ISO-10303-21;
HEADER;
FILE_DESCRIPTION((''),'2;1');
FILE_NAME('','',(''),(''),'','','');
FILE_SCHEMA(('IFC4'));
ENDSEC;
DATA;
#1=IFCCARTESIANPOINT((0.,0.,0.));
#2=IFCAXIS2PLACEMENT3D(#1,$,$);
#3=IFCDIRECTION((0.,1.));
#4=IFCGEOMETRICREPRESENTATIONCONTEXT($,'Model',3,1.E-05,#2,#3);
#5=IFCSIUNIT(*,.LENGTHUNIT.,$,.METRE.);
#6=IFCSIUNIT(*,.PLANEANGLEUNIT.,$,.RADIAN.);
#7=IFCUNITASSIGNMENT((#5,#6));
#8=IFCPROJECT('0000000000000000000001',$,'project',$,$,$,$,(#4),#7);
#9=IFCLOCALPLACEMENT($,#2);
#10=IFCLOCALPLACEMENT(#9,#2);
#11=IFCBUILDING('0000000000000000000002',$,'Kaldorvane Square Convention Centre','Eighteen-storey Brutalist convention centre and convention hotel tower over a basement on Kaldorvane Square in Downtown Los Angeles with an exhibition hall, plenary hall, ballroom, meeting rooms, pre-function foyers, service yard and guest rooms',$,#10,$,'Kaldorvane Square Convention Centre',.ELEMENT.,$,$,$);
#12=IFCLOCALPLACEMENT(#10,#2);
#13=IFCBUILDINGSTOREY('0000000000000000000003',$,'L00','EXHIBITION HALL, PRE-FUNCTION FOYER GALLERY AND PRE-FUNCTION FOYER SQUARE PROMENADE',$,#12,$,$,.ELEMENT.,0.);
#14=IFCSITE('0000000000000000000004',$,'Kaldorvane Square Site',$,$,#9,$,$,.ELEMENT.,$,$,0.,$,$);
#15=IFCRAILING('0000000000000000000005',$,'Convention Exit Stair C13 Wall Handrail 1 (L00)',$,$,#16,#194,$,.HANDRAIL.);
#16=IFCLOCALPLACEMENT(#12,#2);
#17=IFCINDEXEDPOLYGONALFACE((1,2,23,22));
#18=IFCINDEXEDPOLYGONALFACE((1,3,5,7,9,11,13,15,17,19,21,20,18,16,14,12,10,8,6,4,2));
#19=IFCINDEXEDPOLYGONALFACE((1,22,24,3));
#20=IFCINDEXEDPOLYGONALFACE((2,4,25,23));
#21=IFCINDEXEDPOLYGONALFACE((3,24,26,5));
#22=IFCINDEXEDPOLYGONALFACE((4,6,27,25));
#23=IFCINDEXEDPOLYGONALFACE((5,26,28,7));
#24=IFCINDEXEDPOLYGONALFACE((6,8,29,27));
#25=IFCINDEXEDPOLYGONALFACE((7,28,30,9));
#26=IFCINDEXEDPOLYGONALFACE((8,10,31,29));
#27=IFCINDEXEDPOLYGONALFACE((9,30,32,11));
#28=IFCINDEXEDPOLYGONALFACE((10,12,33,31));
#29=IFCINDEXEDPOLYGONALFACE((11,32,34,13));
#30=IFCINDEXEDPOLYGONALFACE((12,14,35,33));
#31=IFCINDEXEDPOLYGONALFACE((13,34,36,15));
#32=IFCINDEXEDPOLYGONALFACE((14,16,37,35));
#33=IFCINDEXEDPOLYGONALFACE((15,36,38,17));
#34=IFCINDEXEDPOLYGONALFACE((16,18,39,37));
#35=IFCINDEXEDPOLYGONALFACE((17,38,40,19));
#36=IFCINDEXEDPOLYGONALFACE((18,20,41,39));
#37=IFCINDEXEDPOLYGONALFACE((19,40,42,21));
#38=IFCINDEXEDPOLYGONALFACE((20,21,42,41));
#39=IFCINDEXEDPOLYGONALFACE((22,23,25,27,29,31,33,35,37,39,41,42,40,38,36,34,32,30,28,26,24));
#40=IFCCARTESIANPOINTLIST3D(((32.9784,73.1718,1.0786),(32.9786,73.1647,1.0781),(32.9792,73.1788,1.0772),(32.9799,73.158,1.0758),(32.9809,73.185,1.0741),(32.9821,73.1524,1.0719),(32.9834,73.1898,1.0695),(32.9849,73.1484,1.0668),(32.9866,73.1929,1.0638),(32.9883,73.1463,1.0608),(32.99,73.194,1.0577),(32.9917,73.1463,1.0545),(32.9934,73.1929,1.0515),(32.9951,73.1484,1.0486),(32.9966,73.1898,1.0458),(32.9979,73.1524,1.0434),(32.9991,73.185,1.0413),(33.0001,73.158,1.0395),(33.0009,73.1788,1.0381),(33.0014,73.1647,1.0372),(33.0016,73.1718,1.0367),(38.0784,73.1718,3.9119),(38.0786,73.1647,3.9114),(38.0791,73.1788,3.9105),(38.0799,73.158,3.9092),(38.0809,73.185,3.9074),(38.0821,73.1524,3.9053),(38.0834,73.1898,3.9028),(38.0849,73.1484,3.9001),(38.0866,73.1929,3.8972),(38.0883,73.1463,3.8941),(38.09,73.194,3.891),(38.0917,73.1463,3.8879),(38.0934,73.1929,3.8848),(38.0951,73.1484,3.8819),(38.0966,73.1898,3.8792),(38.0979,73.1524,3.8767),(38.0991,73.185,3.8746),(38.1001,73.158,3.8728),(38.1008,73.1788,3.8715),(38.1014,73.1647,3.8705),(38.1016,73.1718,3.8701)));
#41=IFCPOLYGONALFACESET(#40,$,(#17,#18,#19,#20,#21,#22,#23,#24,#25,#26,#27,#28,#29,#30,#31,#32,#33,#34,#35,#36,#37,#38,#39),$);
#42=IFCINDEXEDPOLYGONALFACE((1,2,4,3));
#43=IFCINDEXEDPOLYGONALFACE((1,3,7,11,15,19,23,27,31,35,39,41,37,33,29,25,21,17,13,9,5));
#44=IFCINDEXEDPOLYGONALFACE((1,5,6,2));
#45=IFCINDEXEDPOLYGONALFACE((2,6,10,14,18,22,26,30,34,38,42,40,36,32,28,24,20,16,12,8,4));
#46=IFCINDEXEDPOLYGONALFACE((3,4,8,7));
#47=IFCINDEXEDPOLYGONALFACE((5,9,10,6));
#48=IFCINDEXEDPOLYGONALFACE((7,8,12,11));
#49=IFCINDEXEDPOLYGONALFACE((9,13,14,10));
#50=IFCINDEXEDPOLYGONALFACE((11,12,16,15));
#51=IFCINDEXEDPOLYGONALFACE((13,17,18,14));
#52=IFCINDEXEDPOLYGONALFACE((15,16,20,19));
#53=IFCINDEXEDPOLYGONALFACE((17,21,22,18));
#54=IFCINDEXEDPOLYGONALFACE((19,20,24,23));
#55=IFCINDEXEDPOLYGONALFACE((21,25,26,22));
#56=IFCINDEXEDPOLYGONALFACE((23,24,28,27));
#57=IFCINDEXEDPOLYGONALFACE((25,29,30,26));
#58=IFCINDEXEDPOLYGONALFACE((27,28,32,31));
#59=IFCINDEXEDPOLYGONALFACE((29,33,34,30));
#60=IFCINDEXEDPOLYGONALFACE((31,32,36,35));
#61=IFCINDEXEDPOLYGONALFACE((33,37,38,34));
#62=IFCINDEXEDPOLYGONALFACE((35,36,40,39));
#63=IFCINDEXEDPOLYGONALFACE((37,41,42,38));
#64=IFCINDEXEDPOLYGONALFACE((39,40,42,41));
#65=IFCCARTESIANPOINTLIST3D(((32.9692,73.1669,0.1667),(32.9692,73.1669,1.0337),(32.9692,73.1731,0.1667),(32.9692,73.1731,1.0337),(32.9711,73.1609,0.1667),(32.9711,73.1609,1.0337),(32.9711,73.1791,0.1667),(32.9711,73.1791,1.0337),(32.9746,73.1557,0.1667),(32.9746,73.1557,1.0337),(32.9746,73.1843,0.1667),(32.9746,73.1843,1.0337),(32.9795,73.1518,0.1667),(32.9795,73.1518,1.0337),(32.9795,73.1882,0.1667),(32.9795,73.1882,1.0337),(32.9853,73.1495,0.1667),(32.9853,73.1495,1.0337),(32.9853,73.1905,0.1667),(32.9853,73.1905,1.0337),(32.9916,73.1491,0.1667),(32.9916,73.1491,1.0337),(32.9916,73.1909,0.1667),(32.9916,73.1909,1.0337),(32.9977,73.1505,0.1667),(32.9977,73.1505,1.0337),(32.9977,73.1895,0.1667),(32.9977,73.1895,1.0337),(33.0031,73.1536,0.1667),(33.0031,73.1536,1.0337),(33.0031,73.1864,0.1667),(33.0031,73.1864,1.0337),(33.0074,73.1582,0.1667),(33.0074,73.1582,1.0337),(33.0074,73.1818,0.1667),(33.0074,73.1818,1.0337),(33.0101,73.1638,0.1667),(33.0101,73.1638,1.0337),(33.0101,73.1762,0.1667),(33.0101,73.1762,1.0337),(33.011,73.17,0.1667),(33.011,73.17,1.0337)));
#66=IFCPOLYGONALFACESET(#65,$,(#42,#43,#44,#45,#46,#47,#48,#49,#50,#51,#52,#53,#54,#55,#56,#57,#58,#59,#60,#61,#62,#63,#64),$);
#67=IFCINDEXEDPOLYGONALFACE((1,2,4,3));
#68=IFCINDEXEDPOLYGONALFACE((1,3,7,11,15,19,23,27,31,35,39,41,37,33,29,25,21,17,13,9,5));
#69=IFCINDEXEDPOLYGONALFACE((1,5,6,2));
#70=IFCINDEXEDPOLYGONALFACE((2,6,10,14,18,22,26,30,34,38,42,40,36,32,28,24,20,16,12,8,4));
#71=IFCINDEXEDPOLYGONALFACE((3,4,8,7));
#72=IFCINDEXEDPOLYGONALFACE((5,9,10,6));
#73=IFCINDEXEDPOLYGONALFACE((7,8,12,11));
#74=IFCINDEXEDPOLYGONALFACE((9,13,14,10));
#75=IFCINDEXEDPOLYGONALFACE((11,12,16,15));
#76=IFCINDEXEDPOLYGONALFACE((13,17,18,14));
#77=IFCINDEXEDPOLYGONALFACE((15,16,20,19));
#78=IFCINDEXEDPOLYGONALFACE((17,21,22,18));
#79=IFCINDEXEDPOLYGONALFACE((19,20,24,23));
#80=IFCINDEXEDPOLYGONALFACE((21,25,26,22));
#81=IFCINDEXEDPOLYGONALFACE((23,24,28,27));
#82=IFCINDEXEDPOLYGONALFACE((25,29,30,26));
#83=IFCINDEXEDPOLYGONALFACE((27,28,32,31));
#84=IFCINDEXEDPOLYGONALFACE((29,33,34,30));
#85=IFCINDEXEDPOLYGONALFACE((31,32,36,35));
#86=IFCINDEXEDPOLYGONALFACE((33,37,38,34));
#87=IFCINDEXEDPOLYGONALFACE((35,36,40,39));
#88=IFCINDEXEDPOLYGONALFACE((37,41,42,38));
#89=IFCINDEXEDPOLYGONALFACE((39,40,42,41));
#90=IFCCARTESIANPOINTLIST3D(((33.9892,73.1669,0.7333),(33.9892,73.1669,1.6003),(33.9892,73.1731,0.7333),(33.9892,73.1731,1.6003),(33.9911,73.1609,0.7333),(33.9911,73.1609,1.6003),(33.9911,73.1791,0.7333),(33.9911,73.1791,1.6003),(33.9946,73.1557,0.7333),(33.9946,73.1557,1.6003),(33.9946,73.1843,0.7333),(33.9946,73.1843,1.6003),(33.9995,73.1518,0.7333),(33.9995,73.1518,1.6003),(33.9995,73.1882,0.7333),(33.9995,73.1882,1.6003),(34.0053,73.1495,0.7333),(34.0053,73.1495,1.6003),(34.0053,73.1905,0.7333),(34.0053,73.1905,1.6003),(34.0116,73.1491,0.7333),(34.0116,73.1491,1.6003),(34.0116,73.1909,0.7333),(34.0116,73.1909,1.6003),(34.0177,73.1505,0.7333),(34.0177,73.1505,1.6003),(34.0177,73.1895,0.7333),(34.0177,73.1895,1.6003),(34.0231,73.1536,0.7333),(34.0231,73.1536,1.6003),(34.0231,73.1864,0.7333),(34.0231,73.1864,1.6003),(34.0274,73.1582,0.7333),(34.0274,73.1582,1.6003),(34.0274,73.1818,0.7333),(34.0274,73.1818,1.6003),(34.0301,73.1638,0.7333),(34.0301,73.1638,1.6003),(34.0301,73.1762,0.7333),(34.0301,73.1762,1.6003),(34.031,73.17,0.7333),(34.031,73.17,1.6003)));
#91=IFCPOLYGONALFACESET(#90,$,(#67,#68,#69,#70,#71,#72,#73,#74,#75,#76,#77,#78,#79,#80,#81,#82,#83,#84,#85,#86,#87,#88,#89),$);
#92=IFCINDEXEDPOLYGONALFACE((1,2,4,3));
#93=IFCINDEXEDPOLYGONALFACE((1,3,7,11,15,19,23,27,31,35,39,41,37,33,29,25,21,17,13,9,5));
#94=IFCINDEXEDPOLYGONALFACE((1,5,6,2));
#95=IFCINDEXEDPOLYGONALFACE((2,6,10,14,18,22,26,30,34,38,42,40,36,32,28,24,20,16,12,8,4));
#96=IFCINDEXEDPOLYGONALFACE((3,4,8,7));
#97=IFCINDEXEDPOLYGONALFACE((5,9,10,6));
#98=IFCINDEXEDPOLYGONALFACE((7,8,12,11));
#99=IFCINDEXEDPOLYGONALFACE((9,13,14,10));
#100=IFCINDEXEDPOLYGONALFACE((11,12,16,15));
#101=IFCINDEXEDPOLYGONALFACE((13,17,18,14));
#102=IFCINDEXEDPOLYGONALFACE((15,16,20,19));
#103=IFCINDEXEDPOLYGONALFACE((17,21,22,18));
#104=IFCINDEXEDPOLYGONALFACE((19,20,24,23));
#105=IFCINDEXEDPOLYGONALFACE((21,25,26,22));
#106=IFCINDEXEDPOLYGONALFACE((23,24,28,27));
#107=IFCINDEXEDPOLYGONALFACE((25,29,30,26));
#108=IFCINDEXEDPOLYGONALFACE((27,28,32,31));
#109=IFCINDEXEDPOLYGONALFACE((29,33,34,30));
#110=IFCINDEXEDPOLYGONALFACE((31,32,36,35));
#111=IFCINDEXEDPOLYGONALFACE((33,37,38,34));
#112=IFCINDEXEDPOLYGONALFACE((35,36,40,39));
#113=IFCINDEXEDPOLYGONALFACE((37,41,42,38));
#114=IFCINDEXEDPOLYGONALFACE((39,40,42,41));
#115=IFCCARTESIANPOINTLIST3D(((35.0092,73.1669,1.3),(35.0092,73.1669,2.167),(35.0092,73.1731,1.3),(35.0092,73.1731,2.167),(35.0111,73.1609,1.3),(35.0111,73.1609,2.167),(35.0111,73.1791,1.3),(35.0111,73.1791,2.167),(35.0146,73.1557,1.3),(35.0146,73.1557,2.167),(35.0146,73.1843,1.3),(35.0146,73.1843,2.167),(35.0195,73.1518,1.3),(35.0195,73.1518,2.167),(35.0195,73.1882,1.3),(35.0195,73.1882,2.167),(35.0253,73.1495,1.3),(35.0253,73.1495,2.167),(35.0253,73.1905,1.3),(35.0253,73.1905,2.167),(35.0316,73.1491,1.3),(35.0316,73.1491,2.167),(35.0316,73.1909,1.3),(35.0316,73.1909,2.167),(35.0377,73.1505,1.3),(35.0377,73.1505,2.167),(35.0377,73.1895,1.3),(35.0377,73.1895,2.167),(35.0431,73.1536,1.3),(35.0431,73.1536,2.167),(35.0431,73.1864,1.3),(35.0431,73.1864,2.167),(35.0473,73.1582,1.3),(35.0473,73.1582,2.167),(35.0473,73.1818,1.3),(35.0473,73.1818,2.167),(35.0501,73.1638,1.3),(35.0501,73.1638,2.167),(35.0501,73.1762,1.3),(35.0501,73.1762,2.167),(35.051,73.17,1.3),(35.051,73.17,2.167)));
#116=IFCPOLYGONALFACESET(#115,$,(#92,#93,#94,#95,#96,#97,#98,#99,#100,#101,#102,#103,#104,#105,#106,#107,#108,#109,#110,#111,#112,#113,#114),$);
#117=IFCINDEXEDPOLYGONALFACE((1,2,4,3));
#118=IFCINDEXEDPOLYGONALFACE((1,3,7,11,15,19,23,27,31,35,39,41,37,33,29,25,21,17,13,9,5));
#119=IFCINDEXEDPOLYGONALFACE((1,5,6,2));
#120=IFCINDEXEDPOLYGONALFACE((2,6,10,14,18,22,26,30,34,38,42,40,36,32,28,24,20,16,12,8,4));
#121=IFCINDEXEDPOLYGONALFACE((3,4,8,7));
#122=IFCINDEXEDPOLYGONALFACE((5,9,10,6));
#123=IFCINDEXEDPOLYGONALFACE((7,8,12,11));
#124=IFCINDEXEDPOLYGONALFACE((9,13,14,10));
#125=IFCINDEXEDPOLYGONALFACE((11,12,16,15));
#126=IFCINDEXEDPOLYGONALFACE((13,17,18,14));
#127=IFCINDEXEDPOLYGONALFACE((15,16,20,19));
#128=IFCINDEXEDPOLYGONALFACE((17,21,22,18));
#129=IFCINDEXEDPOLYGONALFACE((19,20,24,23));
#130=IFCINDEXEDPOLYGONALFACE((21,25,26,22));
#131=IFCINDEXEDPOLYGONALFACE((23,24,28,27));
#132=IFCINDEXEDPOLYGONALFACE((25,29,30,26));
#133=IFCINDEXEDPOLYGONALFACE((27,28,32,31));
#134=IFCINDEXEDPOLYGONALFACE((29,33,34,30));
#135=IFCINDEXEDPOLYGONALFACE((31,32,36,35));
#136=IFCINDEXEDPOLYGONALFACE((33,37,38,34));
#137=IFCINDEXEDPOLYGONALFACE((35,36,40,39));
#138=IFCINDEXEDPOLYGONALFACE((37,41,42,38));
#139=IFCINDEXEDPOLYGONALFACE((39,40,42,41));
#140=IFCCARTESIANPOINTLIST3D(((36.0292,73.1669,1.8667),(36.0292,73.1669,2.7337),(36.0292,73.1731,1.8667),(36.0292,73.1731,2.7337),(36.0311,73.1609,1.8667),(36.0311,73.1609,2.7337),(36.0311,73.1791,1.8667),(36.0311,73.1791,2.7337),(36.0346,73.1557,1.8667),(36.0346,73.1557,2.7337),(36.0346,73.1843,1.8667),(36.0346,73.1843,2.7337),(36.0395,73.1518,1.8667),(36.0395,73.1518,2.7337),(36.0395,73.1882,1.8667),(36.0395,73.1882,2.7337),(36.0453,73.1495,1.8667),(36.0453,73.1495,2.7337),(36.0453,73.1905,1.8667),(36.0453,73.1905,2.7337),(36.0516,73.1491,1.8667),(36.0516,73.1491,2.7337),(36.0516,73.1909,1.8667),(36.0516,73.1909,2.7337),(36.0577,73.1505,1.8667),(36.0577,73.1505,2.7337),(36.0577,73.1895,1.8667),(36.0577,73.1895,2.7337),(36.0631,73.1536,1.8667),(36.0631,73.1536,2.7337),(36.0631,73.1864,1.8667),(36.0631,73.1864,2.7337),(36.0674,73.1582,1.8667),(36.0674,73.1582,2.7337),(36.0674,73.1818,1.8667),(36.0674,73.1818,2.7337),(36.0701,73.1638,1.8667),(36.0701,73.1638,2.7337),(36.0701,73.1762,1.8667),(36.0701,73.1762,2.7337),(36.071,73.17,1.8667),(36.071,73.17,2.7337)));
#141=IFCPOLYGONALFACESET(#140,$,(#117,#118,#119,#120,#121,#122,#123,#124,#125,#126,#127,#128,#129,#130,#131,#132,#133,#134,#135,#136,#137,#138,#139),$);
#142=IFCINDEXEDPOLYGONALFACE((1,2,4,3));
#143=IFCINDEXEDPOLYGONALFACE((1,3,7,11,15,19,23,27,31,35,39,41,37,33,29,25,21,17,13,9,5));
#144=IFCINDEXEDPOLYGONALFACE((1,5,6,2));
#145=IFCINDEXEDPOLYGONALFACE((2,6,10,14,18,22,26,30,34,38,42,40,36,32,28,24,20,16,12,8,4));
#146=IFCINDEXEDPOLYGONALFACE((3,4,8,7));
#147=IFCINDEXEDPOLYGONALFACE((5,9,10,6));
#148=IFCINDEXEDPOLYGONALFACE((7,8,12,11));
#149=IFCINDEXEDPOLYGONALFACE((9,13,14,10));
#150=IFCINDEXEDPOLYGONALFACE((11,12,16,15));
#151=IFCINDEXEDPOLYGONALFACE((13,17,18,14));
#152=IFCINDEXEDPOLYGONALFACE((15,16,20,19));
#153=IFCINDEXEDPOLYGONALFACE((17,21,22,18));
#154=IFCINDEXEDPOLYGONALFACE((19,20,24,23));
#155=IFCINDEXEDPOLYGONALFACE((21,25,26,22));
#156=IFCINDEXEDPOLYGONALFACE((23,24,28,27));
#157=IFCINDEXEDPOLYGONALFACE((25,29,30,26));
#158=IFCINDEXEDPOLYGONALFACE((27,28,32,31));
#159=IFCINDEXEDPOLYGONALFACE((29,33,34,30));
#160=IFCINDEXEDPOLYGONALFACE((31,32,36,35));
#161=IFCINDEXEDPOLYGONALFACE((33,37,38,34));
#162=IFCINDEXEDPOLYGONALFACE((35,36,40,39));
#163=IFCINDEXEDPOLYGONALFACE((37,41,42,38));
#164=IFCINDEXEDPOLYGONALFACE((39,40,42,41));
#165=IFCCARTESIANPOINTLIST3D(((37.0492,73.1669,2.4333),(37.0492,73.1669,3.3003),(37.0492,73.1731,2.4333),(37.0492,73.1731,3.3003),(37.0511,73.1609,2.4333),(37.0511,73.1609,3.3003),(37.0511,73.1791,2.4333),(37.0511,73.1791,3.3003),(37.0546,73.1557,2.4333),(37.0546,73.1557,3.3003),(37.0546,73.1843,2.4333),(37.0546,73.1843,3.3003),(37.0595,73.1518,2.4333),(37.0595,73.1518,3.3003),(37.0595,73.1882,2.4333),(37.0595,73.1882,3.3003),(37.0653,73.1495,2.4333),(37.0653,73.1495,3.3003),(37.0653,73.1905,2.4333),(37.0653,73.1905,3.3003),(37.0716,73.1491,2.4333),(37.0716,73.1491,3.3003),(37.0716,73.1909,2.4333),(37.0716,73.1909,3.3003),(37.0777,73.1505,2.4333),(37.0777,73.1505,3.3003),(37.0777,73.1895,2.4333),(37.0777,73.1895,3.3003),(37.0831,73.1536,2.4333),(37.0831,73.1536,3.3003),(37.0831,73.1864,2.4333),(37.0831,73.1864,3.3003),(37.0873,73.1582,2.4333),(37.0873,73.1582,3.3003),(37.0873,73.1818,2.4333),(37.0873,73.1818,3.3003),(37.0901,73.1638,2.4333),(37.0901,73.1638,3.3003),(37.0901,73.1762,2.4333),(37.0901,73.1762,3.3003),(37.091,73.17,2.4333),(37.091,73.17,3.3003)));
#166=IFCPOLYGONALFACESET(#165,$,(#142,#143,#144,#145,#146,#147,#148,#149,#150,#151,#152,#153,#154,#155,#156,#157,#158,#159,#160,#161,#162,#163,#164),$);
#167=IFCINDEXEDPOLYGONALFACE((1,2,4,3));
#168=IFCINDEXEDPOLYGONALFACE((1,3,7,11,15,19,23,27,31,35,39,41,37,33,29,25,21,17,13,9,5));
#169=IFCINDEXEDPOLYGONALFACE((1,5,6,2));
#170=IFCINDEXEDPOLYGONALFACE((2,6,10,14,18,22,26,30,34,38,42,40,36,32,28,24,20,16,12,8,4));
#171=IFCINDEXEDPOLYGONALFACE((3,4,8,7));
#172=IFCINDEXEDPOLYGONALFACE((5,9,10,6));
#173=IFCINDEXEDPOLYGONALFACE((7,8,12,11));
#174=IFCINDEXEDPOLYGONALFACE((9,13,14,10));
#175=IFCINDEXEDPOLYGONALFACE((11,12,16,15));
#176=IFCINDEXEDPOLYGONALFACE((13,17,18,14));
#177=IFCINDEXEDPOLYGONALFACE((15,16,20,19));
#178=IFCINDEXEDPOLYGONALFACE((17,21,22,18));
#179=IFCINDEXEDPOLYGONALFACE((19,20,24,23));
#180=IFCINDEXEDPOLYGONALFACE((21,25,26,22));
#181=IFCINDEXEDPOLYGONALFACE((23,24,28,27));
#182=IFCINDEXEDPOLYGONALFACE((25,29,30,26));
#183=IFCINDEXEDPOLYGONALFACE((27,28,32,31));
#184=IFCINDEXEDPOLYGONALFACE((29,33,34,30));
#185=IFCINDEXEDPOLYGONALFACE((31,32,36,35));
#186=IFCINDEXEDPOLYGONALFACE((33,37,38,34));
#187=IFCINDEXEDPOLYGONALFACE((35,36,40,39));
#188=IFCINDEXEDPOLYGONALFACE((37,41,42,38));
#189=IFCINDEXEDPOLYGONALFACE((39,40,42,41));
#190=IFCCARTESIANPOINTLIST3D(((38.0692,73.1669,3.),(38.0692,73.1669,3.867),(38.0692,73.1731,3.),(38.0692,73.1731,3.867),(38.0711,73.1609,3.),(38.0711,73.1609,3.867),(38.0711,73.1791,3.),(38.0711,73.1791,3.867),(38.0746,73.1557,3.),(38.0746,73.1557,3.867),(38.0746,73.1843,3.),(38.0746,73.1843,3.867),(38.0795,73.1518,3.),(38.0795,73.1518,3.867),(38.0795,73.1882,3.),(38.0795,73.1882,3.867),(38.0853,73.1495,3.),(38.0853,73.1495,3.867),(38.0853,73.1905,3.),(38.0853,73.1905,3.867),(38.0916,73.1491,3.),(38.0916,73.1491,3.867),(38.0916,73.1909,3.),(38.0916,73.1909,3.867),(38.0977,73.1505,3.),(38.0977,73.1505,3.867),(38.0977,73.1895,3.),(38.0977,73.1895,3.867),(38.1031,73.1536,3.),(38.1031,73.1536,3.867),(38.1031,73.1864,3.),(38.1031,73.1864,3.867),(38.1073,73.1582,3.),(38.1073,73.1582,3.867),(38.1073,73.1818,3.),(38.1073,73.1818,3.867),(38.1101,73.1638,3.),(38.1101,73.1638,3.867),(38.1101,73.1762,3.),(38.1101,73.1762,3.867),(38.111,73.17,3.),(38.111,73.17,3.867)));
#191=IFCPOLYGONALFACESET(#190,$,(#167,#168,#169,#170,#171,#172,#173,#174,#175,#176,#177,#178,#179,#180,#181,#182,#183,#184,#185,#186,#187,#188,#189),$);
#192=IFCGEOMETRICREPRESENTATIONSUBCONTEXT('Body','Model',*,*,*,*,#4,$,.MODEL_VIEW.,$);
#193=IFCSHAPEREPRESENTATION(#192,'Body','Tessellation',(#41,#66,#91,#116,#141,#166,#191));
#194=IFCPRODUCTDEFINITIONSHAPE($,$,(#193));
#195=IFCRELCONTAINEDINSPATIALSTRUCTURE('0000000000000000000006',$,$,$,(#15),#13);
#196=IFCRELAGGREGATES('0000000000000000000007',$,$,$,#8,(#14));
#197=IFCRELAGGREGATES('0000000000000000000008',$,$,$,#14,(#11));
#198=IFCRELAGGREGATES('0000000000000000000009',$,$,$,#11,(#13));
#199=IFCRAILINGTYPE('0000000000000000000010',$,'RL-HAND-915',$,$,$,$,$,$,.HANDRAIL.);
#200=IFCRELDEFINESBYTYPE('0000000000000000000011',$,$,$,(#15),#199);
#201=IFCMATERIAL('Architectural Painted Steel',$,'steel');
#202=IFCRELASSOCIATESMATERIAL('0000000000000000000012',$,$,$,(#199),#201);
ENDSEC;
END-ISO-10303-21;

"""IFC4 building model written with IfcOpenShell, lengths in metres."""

from ifc_helpers import new_model, si_unit, direction, frame, origin, origin_2d, place, context, subcontext, project, spatial, circle, extrude, material, type_object, element, save


model = new_model("IFC4")

# Units and contexts
model_context = context("Model", 3, precision=1e-05, world=origin(), true_north=direction((0.0, 1.0)))
body_context = subcontext(model_context, "Body", "Model", "MODEL_VIEW")
ifc_project = project(units=[si_unit("LENGTHUNIT", "METRE"), si_unit("PLANEANGLEUNIT", "RADIAN")], contexts=[model_context])

# Site, building, storey
site_placement = place(None, origin())
site = spatial("IfcSite", under=ifc_project, at=site_placement, Name="Kaldorvane Square Site", CompositionType="ELEMENT", RefElevation=0.0)
building_placement = place(site_placement, origin())
building = spatial("IfcBuilding", under=site, at=building_placement, Name="Kaldorvane Square Convention Centre", Description="Eighteen-storey Brutalist convention centre and convention hotel tower over a basement on Kaldorvane Square in Downtown Los Angeles with an exhibition hall, plenary hall, ballroom, meeting rooms, pre-function foyers, service yard and guest rooms", LongName="Kaldorvane Square Convention Centre", CompositionType="ELEMENT")
storey_placement = place(building_placement, origin())
storey = spatial("IfcBuildingStorey", under=building, at=storey_placement, Name="L00", Description="EXHIBITION HALL, PRE-FUNCTION FOYER GALLERY AND PRE-FUNCTION FOYER SQUARE PROMENADE", CompositionType="ELEMENT", Elevation=0.0)

# Railing
ifc_material_1 = material(Name="Architectural Painted Steel", Category="steel")
railing_type_1 = type_object("IfcRailingType", Name="RL-HAND-915", PredefinedType="HANDRAIL", material=ifc_material_1)
railing_1_placement = place(storey_placement, frame((32.99, 73.17, 0.1667)))
element("IfcRailing", 1, at=railing_1_placement, inside=storey, type_object=railing_type_1, Name="Convention Exit Stair C13 Wall Handrail 1 (L00)", PredefinedType="HANDRAIL", context=body_context, shape_type="SweptSolid", body=[
    extrude(circle(Radius=0.024, at=origin_2d()), frame((0.0, 0.0, 0.891), z_axis=(0.874157, 0.0, 0.485643), x_axis=(0.0, 1.0, 0.0)), (0.0, 0.0, 1.0), 5.8342),
    extrude(circle(Radius=0.021, at=origin_2d()), origin(), (0.0, 0.0, 1.0), 0.867),
    extrude(circle(Radius=0.021, at=origin_2d()), frame((1.02, 0.0, 0.5667)), (0.0, 0.0, 1.0), 0.867),
    extrude(circle(Radius=0.021, at=origin_2d()), frame((2.04, 0.0, 1.1333)), (0.0, 0.0, 1.0), 0.867),
    extrude(circle(Radius=0.021, at=origin_2d()), frame((3.06, 0.0, 1.7)), (0.0, 0.0, 1.0), 0.867),
    extrude(circle(Radius=0.021, at=origin_2d()), frame((4.08, 0.0, 2.2667)), (0.0, 0.0, 1.0), 0.867),
    extrude(circle(Radius=0.021, at=origin_2d()), frame((5.1, 0.0, 2.8333)), (0.0, 0.0, 1.0), 0.867),
])

save(model, "model.ifc")
